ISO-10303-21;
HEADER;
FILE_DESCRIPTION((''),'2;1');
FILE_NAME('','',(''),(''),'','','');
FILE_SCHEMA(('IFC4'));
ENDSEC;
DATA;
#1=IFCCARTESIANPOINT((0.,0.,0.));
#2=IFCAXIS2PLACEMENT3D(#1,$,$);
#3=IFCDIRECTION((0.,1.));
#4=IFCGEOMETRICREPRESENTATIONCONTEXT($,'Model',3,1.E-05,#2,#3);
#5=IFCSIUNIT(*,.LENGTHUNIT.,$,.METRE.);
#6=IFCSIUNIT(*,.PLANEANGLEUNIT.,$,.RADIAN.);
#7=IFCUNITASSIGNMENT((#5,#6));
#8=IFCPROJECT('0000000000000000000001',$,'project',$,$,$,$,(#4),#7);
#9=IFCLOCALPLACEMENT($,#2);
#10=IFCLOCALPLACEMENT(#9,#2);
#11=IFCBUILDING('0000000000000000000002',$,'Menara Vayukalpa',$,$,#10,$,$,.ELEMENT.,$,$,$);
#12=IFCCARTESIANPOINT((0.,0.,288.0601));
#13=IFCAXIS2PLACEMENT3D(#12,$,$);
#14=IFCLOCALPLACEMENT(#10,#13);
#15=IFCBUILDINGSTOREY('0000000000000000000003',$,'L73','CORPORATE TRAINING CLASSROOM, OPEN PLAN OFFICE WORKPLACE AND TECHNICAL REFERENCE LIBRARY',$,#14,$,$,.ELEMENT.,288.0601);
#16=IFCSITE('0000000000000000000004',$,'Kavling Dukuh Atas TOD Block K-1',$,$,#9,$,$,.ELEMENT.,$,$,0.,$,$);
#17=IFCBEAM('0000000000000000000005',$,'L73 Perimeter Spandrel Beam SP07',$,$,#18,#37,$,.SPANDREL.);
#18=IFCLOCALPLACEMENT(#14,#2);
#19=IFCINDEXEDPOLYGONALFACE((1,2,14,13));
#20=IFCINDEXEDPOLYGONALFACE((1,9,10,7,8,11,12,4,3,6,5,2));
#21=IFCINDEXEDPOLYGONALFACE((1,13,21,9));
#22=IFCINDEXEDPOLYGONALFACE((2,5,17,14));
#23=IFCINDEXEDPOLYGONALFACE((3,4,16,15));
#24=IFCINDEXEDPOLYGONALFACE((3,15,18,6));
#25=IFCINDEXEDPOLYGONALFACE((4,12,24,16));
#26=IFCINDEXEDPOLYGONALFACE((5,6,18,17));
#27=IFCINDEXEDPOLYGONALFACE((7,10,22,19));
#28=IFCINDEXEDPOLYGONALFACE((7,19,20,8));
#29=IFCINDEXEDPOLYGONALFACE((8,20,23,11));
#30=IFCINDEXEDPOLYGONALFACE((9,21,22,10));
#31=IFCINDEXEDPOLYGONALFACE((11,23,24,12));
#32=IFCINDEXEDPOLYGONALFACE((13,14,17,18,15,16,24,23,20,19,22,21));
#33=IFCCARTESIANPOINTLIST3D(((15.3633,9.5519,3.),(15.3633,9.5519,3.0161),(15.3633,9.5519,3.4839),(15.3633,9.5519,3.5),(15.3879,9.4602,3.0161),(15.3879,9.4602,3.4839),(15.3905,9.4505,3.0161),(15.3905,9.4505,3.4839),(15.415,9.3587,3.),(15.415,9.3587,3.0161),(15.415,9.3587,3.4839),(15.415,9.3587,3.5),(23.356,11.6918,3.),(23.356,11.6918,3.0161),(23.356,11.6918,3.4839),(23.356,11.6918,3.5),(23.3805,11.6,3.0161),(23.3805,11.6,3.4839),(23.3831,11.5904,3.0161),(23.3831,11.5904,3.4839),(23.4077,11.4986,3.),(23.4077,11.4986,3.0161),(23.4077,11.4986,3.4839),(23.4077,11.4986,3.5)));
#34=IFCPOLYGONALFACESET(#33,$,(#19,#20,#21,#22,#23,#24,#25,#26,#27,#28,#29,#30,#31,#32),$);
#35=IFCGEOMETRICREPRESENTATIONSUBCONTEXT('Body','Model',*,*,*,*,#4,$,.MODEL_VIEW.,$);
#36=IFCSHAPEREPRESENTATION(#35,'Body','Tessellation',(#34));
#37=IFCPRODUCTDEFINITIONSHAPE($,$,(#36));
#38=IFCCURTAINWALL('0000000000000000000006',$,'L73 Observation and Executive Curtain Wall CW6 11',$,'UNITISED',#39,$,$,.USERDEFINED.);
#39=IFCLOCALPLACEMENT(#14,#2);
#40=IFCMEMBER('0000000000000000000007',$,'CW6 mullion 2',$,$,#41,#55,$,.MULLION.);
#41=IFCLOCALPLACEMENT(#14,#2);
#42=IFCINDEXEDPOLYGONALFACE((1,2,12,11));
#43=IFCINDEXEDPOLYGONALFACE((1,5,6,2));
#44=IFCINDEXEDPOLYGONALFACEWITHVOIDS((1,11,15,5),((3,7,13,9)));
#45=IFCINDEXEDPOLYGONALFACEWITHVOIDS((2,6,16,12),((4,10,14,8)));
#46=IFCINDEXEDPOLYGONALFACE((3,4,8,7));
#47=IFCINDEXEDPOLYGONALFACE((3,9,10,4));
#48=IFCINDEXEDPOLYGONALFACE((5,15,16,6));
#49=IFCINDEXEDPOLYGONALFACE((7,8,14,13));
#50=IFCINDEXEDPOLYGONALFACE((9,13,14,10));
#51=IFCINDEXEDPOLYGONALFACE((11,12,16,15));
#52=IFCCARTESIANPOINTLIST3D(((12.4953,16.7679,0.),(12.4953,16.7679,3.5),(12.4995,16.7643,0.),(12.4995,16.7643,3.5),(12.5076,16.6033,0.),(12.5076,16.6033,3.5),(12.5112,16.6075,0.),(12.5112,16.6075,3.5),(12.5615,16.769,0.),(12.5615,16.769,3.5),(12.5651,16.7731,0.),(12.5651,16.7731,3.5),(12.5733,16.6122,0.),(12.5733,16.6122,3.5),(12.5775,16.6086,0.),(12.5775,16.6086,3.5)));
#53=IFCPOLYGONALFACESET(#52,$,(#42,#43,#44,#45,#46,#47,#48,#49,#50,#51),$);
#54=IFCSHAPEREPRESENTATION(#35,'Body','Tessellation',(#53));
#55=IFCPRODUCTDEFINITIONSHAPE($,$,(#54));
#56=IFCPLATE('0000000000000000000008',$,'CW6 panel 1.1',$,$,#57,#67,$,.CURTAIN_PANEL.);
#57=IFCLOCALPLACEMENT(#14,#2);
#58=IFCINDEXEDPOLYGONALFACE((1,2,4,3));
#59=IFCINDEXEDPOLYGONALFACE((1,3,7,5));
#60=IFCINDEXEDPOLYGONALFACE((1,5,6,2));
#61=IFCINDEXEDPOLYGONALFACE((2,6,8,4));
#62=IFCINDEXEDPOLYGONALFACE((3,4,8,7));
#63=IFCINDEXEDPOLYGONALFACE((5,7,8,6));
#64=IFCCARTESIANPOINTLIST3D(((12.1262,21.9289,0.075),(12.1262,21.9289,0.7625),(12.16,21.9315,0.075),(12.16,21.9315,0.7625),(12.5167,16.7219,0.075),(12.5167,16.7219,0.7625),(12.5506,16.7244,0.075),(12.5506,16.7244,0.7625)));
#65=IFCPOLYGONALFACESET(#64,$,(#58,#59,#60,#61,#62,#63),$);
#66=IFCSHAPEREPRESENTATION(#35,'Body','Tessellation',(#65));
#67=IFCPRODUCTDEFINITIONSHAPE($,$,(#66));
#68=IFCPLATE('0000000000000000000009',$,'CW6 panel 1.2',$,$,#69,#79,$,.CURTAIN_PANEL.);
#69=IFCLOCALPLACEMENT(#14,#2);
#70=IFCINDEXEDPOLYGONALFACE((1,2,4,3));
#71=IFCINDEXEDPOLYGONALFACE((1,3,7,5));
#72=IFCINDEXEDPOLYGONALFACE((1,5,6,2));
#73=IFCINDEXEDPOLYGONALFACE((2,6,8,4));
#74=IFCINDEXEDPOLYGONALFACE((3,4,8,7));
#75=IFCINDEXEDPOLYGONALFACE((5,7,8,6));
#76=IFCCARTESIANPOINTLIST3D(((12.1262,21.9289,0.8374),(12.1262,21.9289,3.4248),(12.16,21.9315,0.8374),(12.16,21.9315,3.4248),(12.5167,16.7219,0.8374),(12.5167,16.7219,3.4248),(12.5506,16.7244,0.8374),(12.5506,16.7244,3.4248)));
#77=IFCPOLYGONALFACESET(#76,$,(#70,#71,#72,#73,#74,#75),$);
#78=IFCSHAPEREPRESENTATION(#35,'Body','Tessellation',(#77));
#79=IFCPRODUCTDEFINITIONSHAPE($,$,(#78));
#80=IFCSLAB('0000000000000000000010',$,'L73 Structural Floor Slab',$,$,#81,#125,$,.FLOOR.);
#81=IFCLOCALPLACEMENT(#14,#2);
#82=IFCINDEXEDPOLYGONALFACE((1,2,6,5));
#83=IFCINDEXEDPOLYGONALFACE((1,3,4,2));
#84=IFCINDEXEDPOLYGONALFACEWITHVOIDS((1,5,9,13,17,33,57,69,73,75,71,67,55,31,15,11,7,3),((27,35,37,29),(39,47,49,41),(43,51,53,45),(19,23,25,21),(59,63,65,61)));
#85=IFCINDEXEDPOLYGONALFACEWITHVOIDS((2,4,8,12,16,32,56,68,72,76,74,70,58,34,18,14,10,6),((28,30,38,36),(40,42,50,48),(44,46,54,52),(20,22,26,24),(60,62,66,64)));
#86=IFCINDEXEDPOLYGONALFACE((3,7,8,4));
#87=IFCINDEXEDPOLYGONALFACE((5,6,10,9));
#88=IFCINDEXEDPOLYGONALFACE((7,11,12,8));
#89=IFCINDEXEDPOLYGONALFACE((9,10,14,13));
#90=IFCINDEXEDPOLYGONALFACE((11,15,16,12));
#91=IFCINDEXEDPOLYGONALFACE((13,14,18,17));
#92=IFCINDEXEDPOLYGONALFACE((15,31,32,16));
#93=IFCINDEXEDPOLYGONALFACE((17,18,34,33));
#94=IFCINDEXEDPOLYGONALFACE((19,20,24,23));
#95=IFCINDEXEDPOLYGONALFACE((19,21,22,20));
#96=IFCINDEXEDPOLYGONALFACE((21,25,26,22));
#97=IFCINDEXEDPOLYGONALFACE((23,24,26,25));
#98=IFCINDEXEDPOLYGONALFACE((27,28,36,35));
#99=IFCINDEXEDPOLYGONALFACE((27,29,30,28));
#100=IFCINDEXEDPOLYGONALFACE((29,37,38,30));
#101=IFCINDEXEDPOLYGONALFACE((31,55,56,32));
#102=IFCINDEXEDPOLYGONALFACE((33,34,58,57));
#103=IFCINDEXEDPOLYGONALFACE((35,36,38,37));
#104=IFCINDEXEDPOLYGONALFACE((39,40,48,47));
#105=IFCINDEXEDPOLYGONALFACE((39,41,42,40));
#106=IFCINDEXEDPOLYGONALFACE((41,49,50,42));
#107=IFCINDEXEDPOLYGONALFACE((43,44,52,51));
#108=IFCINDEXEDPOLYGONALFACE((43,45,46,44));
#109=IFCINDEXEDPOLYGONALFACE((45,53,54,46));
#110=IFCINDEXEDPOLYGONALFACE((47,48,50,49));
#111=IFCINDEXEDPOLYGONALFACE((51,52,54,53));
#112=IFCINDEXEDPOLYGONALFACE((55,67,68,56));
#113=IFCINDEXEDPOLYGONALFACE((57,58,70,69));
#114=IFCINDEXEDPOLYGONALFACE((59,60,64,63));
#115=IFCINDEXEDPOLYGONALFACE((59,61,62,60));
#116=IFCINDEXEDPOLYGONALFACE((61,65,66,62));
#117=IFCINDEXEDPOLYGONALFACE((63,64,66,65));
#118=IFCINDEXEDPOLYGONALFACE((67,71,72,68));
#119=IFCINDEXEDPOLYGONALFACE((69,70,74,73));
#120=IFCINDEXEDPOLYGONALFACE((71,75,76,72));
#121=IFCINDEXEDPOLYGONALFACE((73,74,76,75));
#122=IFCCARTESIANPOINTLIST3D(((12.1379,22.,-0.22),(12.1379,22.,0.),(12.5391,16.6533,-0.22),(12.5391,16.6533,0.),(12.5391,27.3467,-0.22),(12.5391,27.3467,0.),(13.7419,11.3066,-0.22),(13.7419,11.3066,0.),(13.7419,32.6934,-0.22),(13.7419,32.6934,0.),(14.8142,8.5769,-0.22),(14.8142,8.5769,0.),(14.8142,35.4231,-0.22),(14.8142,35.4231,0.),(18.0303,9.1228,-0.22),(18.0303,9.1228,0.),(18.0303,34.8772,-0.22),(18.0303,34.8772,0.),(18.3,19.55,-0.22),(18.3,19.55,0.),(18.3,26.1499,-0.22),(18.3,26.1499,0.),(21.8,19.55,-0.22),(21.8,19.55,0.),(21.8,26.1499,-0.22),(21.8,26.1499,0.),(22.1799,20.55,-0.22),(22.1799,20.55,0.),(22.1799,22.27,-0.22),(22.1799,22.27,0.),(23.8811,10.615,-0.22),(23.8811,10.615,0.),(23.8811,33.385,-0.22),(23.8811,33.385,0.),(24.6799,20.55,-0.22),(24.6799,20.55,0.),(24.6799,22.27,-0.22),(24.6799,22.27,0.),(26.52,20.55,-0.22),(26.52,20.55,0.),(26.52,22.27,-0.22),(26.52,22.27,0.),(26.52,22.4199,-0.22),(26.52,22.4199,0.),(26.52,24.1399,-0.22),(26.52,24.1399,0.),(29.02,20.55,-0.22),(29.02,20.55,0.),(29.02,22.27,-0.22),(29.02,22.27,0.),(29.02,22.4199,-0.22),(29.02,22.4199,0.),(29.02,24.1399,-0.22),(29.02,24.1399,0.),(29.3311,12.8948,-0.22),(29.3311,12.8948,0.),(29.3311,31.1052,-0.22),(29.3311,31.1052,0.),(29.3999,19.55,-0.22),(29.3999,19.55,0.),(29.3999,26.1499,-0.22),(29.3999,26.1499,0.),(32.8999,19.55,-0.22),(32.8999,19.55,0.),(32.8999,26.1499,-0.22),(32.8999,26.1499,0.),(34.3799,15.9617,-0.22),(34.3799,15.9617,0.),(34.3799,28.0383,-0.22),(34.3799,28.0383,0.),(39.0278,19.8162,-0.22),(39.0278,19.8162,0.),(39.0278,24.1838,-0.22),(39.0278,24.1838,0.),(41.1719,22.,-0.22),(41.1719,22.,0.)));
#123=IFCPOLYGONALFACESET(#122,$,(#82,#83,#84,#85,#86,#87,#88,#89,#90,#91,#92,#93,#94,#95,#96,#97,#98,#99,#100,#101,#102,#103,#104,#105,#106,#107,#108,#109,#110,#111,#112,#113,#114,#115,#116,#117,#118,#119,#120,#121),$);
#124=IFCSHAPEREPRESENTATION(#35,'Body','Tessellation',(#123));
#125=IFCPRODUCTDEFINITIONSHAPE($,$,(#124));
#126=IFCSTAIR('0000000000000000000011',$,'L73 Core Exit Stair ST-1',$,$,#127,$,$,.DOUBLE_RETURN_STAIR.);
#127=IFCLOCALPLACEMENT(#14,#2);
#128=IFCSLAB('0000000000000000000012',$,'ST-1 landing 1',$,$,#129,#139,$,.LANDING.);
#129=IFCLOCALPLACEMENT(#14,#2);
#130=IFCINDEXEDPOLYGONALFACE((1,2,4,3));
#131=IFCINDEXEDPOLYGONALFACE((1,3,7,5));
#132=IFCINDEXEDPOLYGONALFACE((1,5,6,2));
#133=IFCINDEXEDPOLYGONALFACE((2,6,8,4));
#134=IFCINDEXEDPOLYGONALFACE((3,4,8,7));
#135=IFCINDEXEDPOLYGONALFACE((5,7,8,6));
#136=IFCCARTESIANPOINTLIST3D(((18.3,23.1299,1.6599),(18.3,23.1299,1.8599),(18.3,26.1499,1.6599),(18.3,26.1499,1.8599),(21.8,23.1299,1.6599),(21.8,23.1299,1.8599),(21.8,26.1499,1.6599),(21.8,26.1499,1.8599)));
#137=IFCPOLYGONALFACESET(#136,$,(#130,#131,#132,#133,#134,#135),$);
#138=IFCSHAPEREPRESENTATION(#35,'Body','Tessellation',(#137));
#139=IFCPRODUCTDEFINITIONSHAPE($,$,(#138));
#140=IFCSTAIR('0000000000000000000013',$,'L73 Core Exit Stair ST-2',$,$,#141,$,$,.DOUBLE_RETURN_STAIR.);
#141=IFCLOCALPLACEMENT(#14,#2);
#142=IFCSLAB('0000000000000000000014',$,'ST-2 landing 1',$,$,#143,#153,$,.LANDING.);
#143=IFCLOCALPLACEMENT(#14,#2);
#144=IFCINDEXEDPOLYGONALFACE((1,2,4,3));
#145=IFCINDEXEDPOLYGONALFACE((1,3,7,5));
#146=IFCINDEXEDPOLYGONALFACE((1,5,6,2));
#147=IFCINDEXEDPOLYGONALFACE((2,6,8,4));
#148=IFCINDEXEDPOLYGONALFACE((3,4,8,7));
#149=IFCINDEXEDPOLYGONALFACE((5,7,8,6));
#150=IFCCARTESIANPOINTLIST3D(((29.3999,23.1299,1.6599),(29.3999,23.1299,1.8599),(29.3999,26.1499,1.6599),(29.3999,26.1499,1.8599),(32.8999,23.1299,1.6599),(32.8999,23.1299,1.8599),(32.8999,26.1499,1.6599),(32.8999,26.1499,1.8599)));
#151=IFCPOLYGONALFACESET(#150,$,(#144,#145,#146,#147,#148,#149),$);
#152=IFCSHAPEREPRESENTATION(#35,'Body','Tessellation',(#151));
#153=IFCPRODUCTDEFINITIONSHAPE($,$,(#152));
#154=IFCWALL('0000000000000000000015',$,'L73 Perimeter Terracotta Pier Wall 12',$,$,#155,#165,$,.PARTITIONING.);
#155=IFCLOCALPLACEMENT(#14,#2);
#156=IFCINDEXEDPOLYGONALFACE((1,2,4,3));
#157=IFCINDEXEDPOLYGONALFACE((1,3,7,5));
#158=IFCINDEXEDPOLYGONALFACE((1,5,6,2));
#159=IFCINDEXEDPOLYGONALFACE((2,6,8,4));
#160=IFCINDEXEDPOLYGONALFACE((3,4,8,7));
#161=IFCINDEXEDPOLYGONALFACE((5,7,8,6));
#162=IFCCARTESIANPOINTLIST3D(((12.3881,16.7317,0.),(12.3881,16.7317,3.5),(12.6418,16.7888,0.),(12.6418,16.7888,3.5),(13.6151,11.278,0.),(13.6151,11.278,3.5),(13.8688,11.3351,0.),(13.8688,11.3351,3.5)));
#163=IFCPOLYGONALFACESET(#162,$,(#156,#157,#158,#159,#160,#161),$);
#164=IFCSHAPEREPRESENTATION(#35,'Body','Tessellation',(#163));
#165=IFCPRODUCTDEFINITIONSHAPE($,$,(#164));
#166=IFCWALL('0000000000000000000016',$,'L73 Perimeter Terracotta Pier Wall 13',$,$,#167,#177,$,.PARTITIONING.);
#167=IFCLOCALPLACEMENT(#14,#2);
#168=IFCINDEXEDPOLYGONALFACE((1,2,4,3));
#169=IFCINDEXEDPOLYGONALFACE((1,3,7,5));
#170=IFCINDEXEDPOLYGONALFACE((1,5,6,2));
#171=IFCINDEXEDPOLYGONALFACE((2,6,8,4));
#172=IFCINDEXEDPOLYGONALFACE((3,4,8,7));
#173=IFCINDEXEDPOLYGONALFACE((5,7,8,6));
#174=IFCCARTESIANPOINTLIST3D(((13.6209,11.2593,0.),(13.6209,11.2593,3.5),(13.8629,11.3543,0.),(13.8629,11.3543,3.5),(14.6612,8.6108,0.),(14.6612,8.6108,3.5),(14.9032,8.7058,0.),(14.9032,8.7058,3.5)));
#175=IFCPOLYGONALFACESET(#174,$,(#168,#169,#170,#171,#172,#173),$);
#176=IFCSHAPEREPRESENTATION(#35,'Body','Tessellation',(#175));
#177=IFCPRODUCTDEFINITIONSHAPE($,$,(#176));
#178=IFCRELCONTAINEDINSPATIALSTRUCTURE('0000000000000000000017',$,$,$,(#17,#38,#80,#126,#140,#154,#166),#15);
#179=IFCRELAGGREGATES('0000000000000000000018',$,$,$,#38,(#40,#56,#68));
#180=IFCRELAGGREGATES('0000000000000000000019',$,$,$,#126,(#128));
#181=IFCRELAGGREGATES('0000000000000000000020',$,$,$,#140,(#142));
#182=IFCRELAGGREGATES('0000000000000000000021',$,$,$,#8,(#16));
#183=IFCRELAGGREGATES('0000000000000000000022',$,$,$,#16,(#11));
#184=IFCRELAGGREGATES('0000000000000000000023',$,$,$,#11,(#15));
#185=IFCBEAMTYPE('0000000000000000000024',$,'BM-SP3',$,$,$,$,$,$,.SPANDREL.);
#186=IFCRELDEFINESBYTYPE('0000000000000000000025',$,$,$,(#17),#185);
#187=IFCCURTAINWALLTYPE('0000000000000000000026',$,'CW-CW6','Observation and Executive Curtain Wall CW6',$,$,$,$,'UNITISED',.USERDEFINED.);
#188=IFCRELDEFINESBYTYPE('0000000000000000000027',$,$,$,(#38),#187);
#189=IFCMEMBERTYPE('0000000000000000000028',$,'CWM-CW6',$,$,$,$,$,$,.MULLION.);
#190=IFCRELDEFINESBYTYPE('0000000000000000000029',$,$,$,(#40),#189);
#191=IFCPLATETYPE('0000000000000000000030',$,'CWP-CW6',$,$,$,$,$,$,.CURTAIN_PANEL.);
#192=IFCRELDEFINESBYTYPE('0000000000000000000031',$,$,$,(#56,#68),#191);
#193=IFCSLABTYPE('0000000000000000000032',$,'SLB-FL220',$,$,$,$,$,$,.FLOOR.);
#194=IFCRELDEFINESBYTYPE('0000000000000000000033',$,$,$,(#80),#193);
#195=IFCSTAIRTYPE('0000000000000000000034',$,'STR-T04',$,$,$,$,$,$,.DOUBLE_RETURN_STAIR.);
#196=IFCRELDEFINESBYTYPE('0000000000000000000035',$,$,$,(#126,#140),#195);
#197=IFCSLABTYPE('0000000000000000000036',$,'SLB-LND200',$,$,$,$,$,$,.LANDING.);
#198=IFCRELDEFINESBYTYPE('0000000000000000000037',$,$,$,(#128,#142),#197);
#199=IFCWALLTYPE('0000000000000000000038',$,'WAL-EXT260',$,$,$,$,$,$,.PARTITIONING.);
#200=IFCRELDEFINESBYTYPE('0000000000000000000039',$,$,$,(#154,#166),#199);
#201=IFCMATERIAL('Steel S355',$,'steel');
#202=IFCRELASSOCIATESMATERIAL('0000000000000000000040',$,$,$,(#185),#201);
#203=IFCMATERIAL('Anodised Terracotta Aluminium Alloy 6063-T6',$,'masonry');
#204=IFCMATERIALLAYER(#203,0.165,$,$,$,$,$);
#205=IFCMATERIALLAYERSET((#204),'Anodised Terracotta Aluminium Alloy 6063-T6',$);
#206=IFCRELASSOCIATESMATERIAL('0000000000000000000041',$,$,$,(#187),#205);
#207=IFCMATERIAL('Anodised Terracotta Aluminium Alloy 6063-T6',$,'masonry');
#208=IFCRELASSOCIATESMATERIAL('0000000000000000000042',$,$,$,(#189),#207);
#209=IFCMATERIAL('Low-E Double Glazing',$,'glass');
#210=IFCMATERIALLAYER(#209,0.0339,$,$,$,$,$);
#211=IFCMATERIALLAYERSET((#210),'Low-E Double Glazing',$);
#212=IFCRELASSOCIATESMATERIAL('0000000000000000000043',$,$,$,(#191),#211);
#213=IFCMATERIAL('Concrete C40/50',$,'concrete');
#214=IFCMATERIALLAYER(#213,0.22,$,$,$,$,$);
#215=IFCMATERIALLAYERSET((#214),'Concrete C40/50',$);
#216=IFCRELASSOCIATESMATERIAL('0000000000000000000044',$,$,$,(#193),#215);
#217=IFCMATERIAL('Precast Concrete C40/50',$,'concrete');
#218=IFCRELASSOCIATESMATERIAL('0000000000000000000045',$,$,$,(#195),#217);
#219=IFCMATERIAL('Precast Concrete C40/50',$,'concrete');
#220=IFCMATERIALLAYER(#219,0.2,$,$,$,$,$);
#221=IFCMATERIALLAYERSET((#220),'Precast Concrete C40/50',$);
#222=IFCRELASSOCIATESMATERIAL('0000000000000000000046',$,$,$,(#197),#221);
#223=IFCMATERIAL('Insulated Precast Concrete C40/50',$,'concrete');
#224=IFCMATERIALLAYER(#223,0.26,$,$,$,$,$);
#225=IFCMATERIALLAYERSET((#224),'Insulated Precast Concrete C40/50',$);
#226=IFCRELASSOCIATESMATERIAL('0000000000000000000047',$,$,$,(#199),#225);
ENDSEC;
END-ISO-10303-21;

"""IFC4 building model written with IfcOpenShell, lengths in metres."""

from ifc_helpers import new_model, si_unit, direction, frame, frame_2d, origin, origin_2d, place, context, subcontext, project, spatial, polyline, rectangle, hollow_rectangle, i_section, outline, extrude, material, layer, layer_set, material_profile, profile_set, type_object, element, aggregate, save


model = new_model("IFC4")

# Units and contexts
model_context = context("Model", 3, precision=1e-05, world=origin(), true_north=direction((0.0, 1.0)))
body_context = subcontext(model_context, "Body", "Model", "MODEL_VIEW")
ifc_project = project(units=[si_unit("LENGTHUNIT", "METRE"), si_unit("PLANEANGLEUNIT", "RADIAN")], contexts=[model_context])

# Site, building, storey
site_placement = place(None, origin())
site = spatial("IfcSite", under=ifc_project, at=site_placement, Name="Kavling Dukuh Atas TOD Block K-1", CompositionType="ELEMENT", RefElevation=0.0)
building_placement = place(site_placement, origin())
building = spatial("IfcBuilding", under=site, at=building_placement, Name="Menara Vayukalpa", CompositionType="ELEMENT")
storey_placement = place(building_placement, frame((0.0, 0.0, 288.0601)))
storey = spatial("IfcBuildingStorey", under=building, at=storey_placement, Name="L73", Description="CORPORATE TRAINING CLASSROOM, OPEN PLAN OFFICE WORKPLACE AND TECHNICAL REFERENCE LIBRARY", CompositionType="ELEMENT", Elevation=288.0601)

# Beam
ifc_material_1 = material(Name="Steel S355", Category="steel")
ifc_material_profile_1 = material_profile(ifc_material_1, i_section(OverallWidth=0.2, OverallDepth=0.5, WebThickness=0.01, FlangeThickness=0.0161, at=origin_2d()), Name="WF 500x200x10x16")
ifc_profile_set_1 = profile_set([ifc_material_profile_1], Name="Steel S355")
beam_type_1 = type_object("IfcBeamType", Name="BM-SP3", PredefinedType="SPANDREL", material=ifc_profile_set_1)
beam_1_placement = place(storey_placement, frame((15.3892, 9.4553, 3.25), z_axis=(0.965978, 0.258623, 0.0), x_axis=(-0.258623, 0.965978, 0.0)))
element("IfcBeam", 1, at=beam_1_placement, inside=storey, type_object=beam_type_1, Name="L73 Perimeter Spandrel Beam SP07", PredefinedType="SPANDREL", context=body_context, shape_type="SweptSolid", body=[
    extrude(i_section(OverallWidth=0.2, OverallDepth=0.5, WebThickness=0.01, FlangeThickness=0.0161, at=origin_2d()), origin(), (0.0, 0.0, 1.0), 8.2742),
])

# Curtain wall, member, plates
ifc_material_2 = material(Name="Anodised Terracotta Aluminium Alloy 6063-T6", Category="masonry")
ifc_layer_1 = layer(ifc_material_2, 0.165)
ifc_layer_set_1 = layer_set([ifc_layer_1], Name="Anodised Terracotta Aluminium Alloy 6063-T6")
curtain_wall_type = type_object("IfcCurtainWallType", Name="CW-CW6", Description="Observation and Executive Curtain Wall CW6", ElementType="UNITISED", PredefinedType="USERDEFINED", material=ifc_layer_set_1)
curtain_wall_placement = place(storey_placement, origin())
curtain_wall = element("IfcCurtainWall", 2, at=curtain_wall_placement, inside=storey, type_object=curtain_wall_type, Name="L73 Observation and Executive Curtain Wall CW6 11", ObjectType="UNITISED", PredefinedType="USERDEFINED")
ifc_material_3 = material(Name="Anodised Terracotta Aluminium Alloy 6063-T6", Category="masonry")
ifc_material_profile_2 = material_profile(ifc_material_3, hollow_rectangle(XDim=0.0701, YDim=0.165, WallThickness=0.0039, at=origin_2d()), Name="ALU 70x165x4")
ifc_profile_set_2 = profile_set([ifc_material_profile_2], Name="Anodised Terracotta Aluminium Alloy 6063-T6")
member_type = type_object("IfcMemberType", Name="CWM-CW6", PredefinedType="MULLION", material=ifc_profile_set_2)
member_placement = place(storey_placement, frame((12.5364, 16.6882, 0.0), z_axis=(0.0, 0.0, 1.0), x_axis=(0.997199, 0.074789, 0.0)))
member = element("IfcMember", 3, at=member_placement, type_object=member_type, Name="CW6 mullion 2", PredefinedType="MULLION", context=body_context, shape_type="SweptSolid", body=[
    extrude(hollow_rectangle(XDim=0.0701, YDim=0.165, WallThickness=0.0039, at=origin_2d()), origin(), (0.0, 0.0, 1.0), 3.5),
])
ifc_material_4 = material(Name="Low-E Double Glazing", Category="glass")
ifc_layer_2 = layer(ifc_material_4, 0.0339)
ifc_layer_set_2 = layer_set([ifc_layer_2], Name="Low-E Double Glazing")
plate_type = type_object("IfcPlateType", Name="CWP-CW6", PredefinedType="CURTAIN_PANEL", material=ifc_layer_set_2)
plate_1_placement = place(storey_placement, frame((12.3384, 19.3267, 0.075), z_axis=(0.0, 0.0, 1.0), x_axis=(0.074789, -0.997199, 0.0)))
plate_1 = element("IfcPlate", 4, at=plate_1_placement, type_object=plate_type, Name="CW6 panel 1.1", PredefinedType="CURTAIN_PANEL", context=body_context, shape_type="SweptSolid", body=[
    extrude(rectangle(XDim=5.2217, YDim=0.0339, at=origin_2d()), origin(), (0.0, 0.0, 1.0), 0.6875),
])
plate_2_placement = place(storey_placement, frame((12.3384, 19.3267, 0.8374), z_axis=(0.0, 0.0, 1.0), x_axis=(0.074789, -0.997199, 0.0)))
plate_2 = element("IfcPlate", 5, at=plate_2_placement, type_object=plate_type, Name="CW6 panel 1.2", PredefinedType="CURTAIN_PANEL", context=body_context, shape_type="SweptSolid", body=[
    extrude(rectangle(XDim=5.2217, YDim=0.0339, at=origin_2d()), origin(), (0.0, 0.0, 1.0), 2.5874),
])
aggregate(curtain_wall, [member, plate_1, plate_2])

# Slab
ifc_material_5 = material(Name="Concrete C40/50", Category="concrete")
ifc_layer_3 = layer(ifc_material_5, 0.22)
ifc_layer_set_3 = layer_set([ifc_layer_3], Name="Concrete C40/50")
slab_type_1 = type_object("IfcSlabType", Name="SLB-FL220", PredefinedType="FLOOR", material=ifc_layer_set_3)
slab_1_placement = place(storey_placement, frame((0.0, 0.0, -0.22)))
element("IfcSlab", 6, at=slab_1_placement, inside=storey, type_object=slab_type_1, Name="L73 Structural Floor Slab", PredefinedType="FLOOR", context=body_context, shape_type="SweptSolid", body=[
    extrude(outline(polyline([(39.0278, 19.8162), (41.1719, 22.0), (39.0278, 24.1838), (34.3799, 28.0383), (29.3311, 31.1052), (23.8811, 33.385), (18.0303, 34.8772), (14.8142, 35.4231), (13.7419, 32.6934), (12.5391, 27.3467), (12.1379, 22.0), (12.5391, 16.6533), (13.7419, 11.3066), (14.8142, 8.5769), (18.0303, 9.1228), (23.8811, 10.615), (29.3311, 12.8948), (34.3799, 15.9617), (39.0278, 19.8162)]), holes=[polyline([(21.8, 19.55), (21.8, 26.1499), (18.3, 26.1499), (18.3, 19.55), (21.8, 19.55)]), polyline([(32.8999, 19.55), (32.8999, 26.1499), (29.3999, 26.1499), (29.3999, 19.55), (32.8999, 19.55)]), polyline([(22.1799, 20.55), (24.6799, 20.55), (24.6799, 22.27), (22.1799, 22.27), (22.1799, 20.55)]), polyline([(26.52, 20.55), (29.02, 20.55), (29.02, 22.27), (26.52, 22.27), (26.52, 20.55)]), polyline([(26.52, 22.4199), (29.02, 22.4199), (29.02, 24.1399), (26.52, 24.1399), (26.52, 22.4199)])]), origin(), (0.0, 0.0, 1.0), 0.22),
])

# Stairs, slabs
ifc_material_6 = material(Name="Precast Concrete C40/50", Category="concrete")
stair_type = type_object("IfcStairType", Name="STR-T04", PredefinedType="DOUBLE_RETURN_STAIR", material=ifc_material_6)
stair_1_placement = place(storey_placement, origin())
stair_1 = element("IfcStair", 7, at=stair_1_placement, inside=storey, type_object=stair_type, Name="L73 Core Exit Stair ST-1", PredefinedType="DOUBLE_RETURN_STAIR")
ifc_material_7 = material(Name="Precast Concrete C40/50", Category="concrete")
ifc_layer_4 = layer(ifc_material_7, 0.2)
ifc_layer_set_4 = layer_set([ifc_layer_4], Name="Precast Concrete C40/50")
slab_type_2 = type_object("IfcSlabType", Name="SLB-LND200", PredefinedType="LANDING", material=ifc_layer_set_4)
slab_2_placement = place(storey_placement, frame((0.0, 0.0, 1.6599)))
slab_2 = element("IfcSlab", 8, at=slab_2_placement, type_object=slab_type_2, Name="ST-1 landing 1", PredefinedType="LANDING", context=body_context, shape_type="SweptSolid", body=[
    extrude(outline(polyline([(21.8, 23.1299), (21.8, 26.1499), (18.3, 26.1499), (18.3, 23.1299), (21.8, 23.1299)])), origin(), (0.0, 0.0, 1.0), 0.2),
])
aggregate(stair_1, [slab_2])
stair_2_placement = place(storey_placement, origin())
stair_2 = element("IfcStair", 9, at=stair_2_placement, inside=storey, type_object=stair_type, Name="L73 Core Exit Stair ST-2", PredefinedType="DOUBLE_RETURN_STAIR")
slab_3_placement = place(storey_placement, frame((0.0, 0.0, 1.6599)))
slab_3 = element("IfcSlab", 10, at=slab_3_placement, type_object=slab_type_2, Name="ST-2 landing 1", PredefinedType="LANDING", context=body_context, shape_type="SweptSolid", body=[
    extrude(outline(polyline([(32.8999, 23.1299), (32.8999, 26.1499), (29.3999, 26.1499), (29.3999, 23.1299), (32.8999, 23.1299)])), origin(), (0.0, 0.0, 1.0), 0.2),
])
aggregate(stair_2, [slab_3])

# Walls
ifc_material_8 = material(Name="Insulated Precast Concrete C40/50", Category="concrete")
ifc_layer_5 = layer(ifc_material_8, 0.26)
ifc_layer_set_5 = layer_set([ifc_layer_5], Name="Insulated Precast Concrete C40/50")
wall_type_1 = type_object("IfcWallType", Name="WAL-EXT260", PredefinedType="PARTITIONING", material=ifc_layer_set_5)
wall_1_placement = place(storey_placement, frame((13.7419, 11.3066, 0.0), z_axis=(0.0, 0.0, 1.0), x_axis=(-0.219501, 0.975612, 0.0)))
element("IfcWall", 11, at=wall_1_placement, inside=storey, type_object=wall_type_1, Name="L73 Perimeter Terracotta Pier Wall 12", PredefinedType="PARTITIONING", context=body_context, shape_type="SweptSolid", body=[
    extrude(rectangle(XDim=5.5901, YDim=0.26, at=frame_2d((2.7949, 0.0))), origin(), (0.0, 0.0, 1.0), 3.5),
])
wall_2_placement = place(storey_placement, frame((14.7822, 8.6582, 0.0), z_axis=(0.0, 0.0, 1.0), x_axis=(-0.365599, 0.930772, 0.0)))
element("IfcWall", 12, at=wall_2_placement, inside=storey, type_object=wall_type_1, Name="L73 Perimeter Terracotta Pier Wall 13", PredefinedType="PARTITIONING", context=body_context, shape_type="SweptSolid", body=[
    extrude(rectangle(XDim=2.8455, YDim=0.26, at=frame_2d((1.4229, 0.0))), origin(), (0.0, 0.0, 1.0), 3.5),
])

save(model, "model.ifc")
